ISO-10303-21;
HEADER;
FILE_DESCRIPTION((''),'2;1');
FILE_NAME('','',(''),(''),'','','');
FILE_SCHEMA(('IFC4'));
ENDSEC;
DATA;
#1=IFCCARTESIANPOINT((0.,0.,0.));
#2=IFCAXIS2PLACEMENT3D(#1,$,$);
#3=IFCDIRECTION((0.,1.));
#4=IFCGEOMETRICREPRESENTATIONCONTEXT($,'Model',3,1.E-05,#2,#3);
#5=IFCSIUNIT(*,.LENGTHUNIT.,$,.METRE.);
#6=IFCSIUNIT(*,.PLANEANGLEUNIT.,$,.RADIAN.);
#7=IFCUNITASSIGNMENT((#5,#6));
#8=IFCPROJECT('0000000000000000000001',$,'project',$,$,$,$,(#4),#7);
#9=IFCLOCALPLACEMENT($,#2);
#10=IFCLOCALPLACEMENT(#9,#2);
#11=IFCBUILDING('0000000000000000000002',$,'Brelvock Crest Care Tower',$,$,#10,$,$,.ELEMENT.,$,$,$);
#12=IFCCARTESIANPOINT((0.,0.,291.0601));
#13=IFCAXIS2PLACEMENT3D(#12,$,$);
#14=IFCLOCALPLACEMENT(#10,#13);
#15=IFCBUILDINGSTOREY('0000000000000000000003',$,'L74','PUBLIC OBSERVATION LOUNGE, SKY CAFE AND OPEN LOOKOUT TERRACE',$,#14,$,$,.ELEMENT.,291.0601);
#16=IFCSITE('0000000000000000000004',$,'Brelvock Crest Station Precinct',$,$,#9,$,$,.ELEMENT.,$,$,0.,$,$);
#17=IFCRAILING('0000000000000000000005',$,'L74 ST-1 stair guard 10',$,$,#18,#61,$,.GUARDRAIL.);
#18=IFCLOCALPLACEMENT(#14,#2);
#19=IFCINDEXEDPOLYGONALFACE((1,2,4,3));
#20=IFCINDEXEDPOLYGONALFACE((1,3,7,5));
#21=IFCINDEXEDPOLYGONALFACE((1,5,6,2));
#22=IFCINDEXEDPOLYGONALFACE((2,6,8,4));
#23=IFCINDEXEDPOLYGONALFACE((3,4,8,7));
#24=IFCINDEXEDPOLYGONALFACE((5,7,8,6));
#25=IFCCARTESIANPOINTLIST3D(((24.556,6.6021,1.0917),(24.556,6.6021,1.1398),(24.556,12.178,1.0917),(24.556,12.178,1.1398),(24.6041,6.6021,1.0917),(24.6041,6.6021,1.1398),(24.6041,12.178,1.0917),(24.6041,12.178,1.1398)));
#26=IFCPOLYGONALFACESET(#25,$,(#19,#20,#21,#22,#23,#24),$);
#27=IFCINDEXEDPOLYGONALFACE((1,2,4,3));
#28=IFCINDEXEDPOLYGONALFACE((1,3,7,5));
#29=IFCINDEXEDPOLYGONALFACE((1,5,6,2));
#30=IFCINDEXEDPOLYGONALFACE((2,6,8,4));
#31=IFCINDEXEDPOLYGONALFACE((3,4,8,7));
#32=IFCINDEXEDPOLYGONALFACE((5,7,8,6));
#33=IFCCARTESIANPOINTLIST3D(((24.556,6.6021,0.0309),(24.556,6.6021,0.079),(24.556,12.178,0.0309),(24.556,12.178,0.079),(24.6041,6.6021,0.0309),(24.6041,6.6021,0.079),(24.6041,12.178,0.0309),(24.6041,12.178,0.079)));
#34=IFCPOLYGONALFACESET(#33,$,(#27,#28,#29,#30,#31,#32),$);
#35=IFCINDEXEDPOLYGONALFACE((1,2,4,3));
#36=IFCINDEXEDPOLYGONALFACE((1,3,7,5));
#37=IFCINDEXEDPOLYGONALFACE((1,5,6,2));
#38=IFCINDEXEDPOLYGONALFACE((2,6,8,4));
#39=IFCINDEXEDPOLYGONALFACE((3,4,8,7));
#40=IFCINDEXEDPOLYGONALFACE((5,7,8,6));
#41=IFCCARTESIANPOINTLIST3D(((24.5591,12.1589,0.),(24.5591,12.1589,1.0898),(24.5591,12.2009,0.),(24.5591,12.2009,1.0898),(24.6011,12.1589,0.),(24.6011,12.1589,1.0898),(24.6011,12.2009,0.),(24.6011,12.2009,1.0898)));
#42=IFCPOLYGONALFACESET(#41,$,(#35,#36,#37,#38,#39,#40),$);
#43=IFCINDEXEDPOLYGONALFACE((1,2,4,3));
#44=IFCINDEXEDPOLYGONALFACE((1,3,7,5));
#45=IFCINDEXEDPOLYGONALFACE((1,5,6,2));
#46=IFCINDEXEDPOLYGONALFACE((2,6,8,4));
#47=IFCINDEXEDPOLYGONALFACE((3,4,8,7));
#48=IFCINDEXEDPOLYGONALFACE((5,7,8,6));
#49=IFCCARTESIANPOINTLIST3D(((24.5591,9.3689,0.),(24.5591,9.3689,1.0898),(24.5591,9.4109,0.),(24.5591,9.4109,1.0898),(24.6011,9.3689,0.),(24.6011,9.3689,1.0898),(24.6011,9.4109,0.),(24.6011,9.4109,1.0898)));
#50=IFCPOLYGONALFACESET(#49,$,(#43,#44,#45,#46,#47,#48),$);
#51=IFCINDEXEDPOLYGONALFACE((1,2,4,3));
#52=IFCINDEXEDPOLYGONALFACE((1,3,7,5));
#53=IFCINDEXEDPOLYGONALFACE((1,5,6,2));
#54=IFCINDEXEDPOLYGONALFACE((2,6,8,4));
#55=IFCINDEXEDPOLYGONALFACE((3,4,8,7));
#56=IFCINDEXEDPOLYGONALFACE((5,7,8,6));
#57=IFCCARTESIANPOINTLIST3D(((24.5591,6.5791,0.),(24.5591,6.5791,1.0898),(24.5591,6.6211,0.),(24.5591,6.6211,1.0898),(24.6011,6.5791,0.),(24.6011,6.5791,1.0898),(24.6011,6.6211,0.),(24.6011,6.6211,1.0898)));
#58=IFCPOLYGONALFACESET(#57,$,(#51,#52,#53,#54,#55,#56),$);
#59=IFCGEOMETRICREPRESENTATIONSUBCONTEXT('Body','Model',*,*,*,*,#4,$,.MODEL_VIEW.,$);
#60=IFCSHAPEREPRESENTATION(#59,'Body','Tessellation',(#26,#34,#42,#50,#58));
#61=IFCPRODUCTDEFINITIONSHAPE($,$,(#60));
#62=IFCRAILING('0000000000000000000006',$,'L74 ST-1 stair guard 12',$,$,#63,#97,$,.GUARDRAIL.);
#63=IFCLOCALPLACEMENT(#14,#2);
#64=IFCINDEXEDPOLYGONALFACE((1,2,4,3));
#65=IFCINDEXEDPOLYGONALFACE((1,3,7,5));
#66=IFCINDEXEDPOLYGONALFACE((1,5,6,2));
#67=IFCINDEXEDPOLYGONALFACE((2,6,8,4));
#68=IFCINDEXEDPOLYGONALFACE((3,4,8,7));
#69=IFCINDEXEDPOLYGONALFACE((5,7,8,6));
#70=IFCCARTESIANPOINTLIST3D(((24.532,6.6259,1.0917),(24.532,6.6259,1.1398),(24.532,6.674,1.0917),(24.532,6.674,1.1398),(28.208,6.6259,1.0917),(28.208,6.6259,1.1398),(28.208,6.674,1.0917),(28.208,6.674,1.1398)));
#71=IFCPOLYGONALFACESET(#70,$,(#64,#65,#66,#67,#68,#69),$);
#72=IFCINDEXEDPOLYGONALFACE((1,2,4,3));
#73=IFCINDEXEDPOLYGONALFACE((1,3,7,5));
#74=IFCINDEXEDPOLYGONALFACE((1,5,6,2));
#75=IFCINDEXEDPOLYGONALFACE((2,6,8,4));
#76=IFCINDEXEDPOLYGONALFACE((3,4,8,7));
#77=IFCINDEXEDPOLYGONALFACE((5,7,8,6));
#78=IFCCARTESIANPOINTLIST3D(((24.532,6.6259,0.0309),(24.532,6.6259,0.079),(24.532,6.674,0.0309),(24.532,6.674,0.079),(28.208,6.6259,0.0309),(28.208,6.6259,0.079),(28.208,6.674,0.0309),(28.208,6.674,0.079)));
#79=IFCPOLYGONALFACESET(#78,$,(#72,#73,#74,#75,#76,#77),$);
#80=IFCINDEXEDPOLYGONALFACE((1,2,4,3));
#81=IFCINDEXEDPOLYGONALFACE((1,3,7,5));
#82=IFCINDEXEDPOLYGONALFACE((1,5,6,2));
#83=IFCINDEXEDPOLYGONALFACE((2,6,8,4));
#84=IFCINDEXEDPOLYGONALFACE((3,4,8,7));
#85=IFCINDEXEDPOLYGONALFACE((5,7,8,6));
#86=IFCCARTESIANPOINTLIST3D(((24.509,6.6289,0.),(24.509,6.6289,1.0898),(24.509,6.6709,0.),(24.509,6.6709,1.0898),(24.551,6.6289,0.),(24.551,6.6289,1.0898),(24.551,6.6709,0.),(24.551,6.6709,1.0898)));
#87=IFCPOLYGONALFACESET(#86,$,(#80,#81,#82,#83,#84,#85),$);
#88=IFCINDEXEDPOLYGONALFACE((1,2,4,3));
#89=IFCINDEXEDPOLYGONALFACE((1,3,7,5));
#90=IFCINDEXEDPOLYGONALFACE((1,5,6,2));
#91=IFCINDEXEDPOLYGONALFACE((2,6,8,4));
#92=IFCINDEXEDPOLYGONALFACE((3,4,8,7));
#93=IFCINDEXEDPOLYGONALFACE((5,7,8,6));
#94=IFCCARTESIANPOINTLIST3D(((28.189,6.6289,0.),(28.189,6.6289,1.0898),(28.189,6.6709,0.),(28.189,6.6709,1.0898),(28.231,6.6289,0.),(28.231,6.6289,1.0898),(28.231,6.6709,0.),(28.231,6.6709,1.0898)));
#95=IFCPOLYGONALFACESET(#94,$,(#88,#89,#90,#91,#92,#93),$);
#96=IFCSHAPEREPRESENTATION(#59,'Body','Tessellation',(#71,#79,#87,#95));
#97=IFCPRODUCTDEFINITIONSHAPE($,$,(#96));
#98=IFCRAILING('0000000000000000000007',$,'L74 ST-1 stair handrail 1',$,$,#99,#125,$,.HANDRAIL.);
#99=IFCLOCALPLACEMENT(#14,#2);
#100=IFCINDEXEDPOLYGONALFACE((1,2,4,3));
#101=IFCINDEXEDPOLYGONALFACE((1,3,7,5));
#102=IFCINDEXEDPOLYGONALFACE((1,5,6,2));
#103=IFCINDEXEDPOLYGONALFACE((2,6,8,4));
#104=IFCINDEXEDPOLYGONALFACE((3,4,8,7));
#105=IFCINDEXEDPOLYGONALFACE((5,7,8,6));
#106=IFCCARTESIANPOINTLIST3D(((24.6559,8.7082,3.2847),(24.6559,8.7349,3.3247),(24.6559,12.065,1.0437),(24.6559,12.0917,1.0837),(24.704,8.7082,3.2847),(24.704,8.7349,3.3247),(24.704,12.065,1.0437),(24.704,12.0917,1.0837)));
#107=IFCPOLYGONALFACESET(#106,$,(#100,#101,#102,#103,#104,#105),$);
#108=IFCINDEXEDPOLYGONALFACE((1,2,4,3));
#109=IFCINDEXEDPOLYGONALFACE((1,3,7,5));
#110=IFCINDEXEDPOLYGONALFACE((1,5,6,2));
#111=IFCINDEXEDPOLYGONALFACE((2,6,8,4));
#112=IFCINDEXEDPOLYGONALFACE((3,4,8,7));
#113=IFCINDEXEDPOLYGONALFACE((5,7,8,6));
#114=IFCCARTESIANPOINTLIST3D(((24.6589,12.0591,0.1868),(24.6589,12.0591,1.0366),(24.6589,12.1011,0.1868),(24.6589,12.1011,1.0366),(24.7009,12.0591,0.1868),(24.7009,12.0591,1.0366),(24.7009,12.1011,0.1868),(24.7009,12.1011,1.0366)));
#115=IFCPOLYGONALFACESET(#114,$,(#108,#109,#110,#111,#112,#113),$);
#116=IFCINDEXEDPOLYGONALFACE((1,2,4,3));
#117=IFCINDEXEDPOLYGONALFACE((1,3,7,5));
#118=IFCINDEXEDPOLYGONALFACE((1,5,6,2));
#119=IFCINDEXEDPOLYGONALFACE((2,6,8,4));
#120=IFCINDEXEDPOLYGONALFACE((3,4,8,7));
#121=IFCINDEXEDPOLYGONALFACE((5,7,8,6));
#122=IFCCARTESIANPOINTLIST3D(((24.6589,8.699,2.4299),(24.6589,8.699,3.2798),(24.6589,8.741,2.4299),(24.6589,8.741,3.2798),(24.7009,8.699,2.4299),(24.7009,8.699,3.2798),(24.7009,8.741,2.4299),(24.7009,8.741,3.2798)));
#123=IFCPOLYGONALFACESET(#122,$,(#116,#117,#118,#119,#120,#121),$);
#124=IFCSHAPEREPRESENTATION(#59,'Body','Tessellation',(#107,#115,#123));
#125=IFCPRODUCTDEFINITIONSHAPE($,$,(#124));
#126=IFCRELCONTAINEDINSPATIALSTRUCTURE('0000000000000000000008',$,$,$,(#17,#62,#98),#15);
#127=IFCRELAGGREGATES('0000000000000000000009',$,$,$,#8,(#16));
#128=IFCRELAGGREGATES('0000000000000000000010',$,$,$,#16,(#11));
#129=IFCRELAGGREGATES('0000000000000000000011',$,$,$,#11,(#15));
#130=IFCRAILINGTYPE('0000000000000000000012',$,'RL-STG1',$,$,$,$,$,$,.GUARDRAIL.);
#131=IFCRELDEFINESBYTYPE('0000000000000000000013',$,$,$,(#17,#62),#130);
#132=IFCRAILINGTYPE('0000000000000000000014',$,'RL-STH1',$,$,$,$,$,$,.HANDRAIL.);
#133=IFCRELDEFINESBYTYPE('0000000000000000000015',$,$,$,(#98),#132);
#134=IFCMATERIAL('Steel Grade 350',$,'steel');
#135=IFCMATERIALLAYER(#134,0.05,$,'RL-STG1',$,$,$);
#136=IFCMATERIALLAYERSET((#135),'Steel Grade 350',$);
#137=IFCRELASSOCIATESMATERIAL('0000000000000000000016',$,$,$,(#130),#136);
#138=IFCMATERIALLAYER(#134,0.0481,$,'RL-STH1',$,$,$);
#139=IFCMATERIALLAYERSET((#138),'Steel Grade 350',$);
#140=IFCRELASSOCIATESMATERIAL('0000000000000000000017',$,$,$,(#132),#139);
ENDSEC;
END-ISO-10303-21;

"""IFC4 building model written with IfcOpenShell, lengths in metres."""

from ifc_helpers import new_model, si_unit, direction, frame, origin, origin_2d, place, context, subcontext, project, spatial, rectangle, extrude, material, layer, layer_set, type_object, element, save


model = new_model("IFC4")

# Units and contexts
model_context = context("Model", 3, precision=1e-05, world=origin(), true_north=direction((0.0, 1.0)))
body_context = subcontext(model_context, "Body", "Model", "MODEL_VIEW")
ifc_project = project(units=[si_unit("LENGTHUNIT", "METRE"), si_unit("PLANEANGLEUNIT", "RADIAN")], contexts=[model_context])

# Site, building, storey
site_placement = place(None, origin())
site = spatial("IfcSite", under=ifc_project, at=site_placement, Name="Brelvock Crest Station Precinct", CompositionType="ELEMENT", RefElevation=0.0)
building_placement = place(site_placement, origin())
building = spatial("IfcBuilding", under=site, at=building_placement, Name="Brelvock Crest Care Tower", CompositionType="ELEMENT")
storey_placement = place(building_placement, frame((0.0, 0.0, 291.0601)))
storey = spatial("IfcBuildingStorey", under=building, at=storey_placement, Name="L74", Description="PUBLIC OBSERVATION LOUNGE, SKY CAFE AND OPEN LOOKOUT TERRACE", CompositionType="ELEMENT", Elevation=291.0601)

# Shared definitions
ifc_material_1 = material(Name="Steel Grade 350", Category="steel")

# Railings
ifc_layer_1 = layer(ifc_material_1, 0.05, Name="RL-STG1")
ifc_layer_set_1 = layer_set([ifc_layer_1], Name="Steel Grade 350")
railing_type_1 = type_object("IfcRailingType", Name="RL-STG1", PredefinedType="GUARDRAIL", material=ifc_layer_set_1)
railing_1_placement = place(storey_placement, frame((24.5801, 12.1799, 0.0)))
element("IfcRailing", 1, at=railing_1_placement, inside=storey, type_object=railing_type_1, Name="L74 ST-1 stair guard 10", PredefinedType="GUARDRAIL", context=body_context, shape_type="SweptSolid", body=[
    extrude(rectangle(XDim=0.0481, YDim=0.0481, at=origin_2d()), frame((0.0, -0.002, 1.1157), z_axis=(0.0, -1.0, 0.0), x_axis=(1.0, 0.0, 0.0)), (0.0, 0.0, 1.0), 5.5759),
    extrude(rectangle(XDim=0.0481, YDim=0.0481, at=origin_2d()), frame((0.0, -0.002, 0.0549), z_axis=(0.0, -1.0, 0.0), x_axis=(1.0, 0.0, 0.0)), (0.0, 0.0, 1.0), 5.5759),
    extrude(rectangle(XDim=0.042, YDim=0.042, at=origin_2d()), origin(), (0.0, 0.0, 1.0), 1.0898),
    extrude(rectangle(XDim=0.042, YDim=0.042, at=origin_2d()), frame((0.0, -2.79, 0.0)), (0.0, 0.0, 1.0), 1.0898),
    extrude(rectangle(XDim=0.042, YDim=0.042, at=origin_2d()), frame((0.0, -5.5798, 0.0)), (0.0, 0.0, 1.0), 1.0898),
])
railing_2_placement = place(storey_placement, frame((24.53, 6.6499, 0.0)))
element("IfcRailing", 2, at=railing_2_placement, inside=storey, type_object=railing_type_1, Name="L74 ST-1 stair guard 12", PredefinedType="GUARDRAIL", context=body_context, shape_type="SweptSolid", body=[
    extrude(rectangle(XDim=0.0481, YDim=0.0481, at=origin_2d()), frame((0.002, 0.0, 1.1157), z_axis=(1.0, 0.0, 0.0), x_axis=(0.0, 1.0, 0.0)), (0.0, 0.0, 1.0), 3.676),
    extrude(rectangle(XDim=0.0481, YDim=0.0481, at=origin_2d()), frame((0.002, 0.0, 0.0549), z_axis=(1.0, 0.0, 0.0), x_axis=(0.0, 1.0, 0.0)), (0.0, 0.0, 1.0), 3.676),
    extrude(rectangle(XDim=0.042, YDim=0.042, at=origin_2d()), origin(), (0.0, 0.0, 1.0), 1.0898),
    extrude(rectangle(XDim=0.042, YDim=0.042, at=origin_2d()), frame((3.6799, 0.0, 0.0)), (0.0, 0.0, 1.0), 1.0898),
])
ifc_layer_2 = layer(ifc_material_1, 0.0481, Name="RL-STH1")
ifc_layer_set_2 = layer_set([ifc_layer_2], Name="Steel Grade 350")
railing_type_2 = type_object("IfcRailingType", Name="RL-STH1", PredefinedType="HANDRAIL", material=ifc_layer_set_2)
railing_3_placement = place(storey_placement, frame((24.6799, 12.0801, 0.1868)))
element("IfcRailing", 3, at=railing_3_placement, inside=storey, type_object=railing_type_2, Name="L74 ST-1 stair handrail 1", PredefinedType="HANDRAIL", context=body_context, shape_type="SweptSolid", body=[
    extrude(rectangle(XDim=0.0481, YDim=0.0481, at=origin_2d()), frame((0.0, -0.0017, 0.877), z_axis=(0.0, -0.831697, 0.55523), x_axis=(1.0, 0.0, 0.0)), (0.0, 0.0, 1.0), 4.0361),
    extrude(rectangle(XDim=0.042, YDim=0.042, at=origin_2d()), origin(), (0.0, 0.0, 1.0), 0.8499),
    extrude(rectangle(XDim=0.042, YDim=0.042, at=origin_2d()), frame((0.0, -3.3601, 2.2432)), (0.0, 0.0, 1.0), 0.8499),
])

save(model, "model.ifc")
